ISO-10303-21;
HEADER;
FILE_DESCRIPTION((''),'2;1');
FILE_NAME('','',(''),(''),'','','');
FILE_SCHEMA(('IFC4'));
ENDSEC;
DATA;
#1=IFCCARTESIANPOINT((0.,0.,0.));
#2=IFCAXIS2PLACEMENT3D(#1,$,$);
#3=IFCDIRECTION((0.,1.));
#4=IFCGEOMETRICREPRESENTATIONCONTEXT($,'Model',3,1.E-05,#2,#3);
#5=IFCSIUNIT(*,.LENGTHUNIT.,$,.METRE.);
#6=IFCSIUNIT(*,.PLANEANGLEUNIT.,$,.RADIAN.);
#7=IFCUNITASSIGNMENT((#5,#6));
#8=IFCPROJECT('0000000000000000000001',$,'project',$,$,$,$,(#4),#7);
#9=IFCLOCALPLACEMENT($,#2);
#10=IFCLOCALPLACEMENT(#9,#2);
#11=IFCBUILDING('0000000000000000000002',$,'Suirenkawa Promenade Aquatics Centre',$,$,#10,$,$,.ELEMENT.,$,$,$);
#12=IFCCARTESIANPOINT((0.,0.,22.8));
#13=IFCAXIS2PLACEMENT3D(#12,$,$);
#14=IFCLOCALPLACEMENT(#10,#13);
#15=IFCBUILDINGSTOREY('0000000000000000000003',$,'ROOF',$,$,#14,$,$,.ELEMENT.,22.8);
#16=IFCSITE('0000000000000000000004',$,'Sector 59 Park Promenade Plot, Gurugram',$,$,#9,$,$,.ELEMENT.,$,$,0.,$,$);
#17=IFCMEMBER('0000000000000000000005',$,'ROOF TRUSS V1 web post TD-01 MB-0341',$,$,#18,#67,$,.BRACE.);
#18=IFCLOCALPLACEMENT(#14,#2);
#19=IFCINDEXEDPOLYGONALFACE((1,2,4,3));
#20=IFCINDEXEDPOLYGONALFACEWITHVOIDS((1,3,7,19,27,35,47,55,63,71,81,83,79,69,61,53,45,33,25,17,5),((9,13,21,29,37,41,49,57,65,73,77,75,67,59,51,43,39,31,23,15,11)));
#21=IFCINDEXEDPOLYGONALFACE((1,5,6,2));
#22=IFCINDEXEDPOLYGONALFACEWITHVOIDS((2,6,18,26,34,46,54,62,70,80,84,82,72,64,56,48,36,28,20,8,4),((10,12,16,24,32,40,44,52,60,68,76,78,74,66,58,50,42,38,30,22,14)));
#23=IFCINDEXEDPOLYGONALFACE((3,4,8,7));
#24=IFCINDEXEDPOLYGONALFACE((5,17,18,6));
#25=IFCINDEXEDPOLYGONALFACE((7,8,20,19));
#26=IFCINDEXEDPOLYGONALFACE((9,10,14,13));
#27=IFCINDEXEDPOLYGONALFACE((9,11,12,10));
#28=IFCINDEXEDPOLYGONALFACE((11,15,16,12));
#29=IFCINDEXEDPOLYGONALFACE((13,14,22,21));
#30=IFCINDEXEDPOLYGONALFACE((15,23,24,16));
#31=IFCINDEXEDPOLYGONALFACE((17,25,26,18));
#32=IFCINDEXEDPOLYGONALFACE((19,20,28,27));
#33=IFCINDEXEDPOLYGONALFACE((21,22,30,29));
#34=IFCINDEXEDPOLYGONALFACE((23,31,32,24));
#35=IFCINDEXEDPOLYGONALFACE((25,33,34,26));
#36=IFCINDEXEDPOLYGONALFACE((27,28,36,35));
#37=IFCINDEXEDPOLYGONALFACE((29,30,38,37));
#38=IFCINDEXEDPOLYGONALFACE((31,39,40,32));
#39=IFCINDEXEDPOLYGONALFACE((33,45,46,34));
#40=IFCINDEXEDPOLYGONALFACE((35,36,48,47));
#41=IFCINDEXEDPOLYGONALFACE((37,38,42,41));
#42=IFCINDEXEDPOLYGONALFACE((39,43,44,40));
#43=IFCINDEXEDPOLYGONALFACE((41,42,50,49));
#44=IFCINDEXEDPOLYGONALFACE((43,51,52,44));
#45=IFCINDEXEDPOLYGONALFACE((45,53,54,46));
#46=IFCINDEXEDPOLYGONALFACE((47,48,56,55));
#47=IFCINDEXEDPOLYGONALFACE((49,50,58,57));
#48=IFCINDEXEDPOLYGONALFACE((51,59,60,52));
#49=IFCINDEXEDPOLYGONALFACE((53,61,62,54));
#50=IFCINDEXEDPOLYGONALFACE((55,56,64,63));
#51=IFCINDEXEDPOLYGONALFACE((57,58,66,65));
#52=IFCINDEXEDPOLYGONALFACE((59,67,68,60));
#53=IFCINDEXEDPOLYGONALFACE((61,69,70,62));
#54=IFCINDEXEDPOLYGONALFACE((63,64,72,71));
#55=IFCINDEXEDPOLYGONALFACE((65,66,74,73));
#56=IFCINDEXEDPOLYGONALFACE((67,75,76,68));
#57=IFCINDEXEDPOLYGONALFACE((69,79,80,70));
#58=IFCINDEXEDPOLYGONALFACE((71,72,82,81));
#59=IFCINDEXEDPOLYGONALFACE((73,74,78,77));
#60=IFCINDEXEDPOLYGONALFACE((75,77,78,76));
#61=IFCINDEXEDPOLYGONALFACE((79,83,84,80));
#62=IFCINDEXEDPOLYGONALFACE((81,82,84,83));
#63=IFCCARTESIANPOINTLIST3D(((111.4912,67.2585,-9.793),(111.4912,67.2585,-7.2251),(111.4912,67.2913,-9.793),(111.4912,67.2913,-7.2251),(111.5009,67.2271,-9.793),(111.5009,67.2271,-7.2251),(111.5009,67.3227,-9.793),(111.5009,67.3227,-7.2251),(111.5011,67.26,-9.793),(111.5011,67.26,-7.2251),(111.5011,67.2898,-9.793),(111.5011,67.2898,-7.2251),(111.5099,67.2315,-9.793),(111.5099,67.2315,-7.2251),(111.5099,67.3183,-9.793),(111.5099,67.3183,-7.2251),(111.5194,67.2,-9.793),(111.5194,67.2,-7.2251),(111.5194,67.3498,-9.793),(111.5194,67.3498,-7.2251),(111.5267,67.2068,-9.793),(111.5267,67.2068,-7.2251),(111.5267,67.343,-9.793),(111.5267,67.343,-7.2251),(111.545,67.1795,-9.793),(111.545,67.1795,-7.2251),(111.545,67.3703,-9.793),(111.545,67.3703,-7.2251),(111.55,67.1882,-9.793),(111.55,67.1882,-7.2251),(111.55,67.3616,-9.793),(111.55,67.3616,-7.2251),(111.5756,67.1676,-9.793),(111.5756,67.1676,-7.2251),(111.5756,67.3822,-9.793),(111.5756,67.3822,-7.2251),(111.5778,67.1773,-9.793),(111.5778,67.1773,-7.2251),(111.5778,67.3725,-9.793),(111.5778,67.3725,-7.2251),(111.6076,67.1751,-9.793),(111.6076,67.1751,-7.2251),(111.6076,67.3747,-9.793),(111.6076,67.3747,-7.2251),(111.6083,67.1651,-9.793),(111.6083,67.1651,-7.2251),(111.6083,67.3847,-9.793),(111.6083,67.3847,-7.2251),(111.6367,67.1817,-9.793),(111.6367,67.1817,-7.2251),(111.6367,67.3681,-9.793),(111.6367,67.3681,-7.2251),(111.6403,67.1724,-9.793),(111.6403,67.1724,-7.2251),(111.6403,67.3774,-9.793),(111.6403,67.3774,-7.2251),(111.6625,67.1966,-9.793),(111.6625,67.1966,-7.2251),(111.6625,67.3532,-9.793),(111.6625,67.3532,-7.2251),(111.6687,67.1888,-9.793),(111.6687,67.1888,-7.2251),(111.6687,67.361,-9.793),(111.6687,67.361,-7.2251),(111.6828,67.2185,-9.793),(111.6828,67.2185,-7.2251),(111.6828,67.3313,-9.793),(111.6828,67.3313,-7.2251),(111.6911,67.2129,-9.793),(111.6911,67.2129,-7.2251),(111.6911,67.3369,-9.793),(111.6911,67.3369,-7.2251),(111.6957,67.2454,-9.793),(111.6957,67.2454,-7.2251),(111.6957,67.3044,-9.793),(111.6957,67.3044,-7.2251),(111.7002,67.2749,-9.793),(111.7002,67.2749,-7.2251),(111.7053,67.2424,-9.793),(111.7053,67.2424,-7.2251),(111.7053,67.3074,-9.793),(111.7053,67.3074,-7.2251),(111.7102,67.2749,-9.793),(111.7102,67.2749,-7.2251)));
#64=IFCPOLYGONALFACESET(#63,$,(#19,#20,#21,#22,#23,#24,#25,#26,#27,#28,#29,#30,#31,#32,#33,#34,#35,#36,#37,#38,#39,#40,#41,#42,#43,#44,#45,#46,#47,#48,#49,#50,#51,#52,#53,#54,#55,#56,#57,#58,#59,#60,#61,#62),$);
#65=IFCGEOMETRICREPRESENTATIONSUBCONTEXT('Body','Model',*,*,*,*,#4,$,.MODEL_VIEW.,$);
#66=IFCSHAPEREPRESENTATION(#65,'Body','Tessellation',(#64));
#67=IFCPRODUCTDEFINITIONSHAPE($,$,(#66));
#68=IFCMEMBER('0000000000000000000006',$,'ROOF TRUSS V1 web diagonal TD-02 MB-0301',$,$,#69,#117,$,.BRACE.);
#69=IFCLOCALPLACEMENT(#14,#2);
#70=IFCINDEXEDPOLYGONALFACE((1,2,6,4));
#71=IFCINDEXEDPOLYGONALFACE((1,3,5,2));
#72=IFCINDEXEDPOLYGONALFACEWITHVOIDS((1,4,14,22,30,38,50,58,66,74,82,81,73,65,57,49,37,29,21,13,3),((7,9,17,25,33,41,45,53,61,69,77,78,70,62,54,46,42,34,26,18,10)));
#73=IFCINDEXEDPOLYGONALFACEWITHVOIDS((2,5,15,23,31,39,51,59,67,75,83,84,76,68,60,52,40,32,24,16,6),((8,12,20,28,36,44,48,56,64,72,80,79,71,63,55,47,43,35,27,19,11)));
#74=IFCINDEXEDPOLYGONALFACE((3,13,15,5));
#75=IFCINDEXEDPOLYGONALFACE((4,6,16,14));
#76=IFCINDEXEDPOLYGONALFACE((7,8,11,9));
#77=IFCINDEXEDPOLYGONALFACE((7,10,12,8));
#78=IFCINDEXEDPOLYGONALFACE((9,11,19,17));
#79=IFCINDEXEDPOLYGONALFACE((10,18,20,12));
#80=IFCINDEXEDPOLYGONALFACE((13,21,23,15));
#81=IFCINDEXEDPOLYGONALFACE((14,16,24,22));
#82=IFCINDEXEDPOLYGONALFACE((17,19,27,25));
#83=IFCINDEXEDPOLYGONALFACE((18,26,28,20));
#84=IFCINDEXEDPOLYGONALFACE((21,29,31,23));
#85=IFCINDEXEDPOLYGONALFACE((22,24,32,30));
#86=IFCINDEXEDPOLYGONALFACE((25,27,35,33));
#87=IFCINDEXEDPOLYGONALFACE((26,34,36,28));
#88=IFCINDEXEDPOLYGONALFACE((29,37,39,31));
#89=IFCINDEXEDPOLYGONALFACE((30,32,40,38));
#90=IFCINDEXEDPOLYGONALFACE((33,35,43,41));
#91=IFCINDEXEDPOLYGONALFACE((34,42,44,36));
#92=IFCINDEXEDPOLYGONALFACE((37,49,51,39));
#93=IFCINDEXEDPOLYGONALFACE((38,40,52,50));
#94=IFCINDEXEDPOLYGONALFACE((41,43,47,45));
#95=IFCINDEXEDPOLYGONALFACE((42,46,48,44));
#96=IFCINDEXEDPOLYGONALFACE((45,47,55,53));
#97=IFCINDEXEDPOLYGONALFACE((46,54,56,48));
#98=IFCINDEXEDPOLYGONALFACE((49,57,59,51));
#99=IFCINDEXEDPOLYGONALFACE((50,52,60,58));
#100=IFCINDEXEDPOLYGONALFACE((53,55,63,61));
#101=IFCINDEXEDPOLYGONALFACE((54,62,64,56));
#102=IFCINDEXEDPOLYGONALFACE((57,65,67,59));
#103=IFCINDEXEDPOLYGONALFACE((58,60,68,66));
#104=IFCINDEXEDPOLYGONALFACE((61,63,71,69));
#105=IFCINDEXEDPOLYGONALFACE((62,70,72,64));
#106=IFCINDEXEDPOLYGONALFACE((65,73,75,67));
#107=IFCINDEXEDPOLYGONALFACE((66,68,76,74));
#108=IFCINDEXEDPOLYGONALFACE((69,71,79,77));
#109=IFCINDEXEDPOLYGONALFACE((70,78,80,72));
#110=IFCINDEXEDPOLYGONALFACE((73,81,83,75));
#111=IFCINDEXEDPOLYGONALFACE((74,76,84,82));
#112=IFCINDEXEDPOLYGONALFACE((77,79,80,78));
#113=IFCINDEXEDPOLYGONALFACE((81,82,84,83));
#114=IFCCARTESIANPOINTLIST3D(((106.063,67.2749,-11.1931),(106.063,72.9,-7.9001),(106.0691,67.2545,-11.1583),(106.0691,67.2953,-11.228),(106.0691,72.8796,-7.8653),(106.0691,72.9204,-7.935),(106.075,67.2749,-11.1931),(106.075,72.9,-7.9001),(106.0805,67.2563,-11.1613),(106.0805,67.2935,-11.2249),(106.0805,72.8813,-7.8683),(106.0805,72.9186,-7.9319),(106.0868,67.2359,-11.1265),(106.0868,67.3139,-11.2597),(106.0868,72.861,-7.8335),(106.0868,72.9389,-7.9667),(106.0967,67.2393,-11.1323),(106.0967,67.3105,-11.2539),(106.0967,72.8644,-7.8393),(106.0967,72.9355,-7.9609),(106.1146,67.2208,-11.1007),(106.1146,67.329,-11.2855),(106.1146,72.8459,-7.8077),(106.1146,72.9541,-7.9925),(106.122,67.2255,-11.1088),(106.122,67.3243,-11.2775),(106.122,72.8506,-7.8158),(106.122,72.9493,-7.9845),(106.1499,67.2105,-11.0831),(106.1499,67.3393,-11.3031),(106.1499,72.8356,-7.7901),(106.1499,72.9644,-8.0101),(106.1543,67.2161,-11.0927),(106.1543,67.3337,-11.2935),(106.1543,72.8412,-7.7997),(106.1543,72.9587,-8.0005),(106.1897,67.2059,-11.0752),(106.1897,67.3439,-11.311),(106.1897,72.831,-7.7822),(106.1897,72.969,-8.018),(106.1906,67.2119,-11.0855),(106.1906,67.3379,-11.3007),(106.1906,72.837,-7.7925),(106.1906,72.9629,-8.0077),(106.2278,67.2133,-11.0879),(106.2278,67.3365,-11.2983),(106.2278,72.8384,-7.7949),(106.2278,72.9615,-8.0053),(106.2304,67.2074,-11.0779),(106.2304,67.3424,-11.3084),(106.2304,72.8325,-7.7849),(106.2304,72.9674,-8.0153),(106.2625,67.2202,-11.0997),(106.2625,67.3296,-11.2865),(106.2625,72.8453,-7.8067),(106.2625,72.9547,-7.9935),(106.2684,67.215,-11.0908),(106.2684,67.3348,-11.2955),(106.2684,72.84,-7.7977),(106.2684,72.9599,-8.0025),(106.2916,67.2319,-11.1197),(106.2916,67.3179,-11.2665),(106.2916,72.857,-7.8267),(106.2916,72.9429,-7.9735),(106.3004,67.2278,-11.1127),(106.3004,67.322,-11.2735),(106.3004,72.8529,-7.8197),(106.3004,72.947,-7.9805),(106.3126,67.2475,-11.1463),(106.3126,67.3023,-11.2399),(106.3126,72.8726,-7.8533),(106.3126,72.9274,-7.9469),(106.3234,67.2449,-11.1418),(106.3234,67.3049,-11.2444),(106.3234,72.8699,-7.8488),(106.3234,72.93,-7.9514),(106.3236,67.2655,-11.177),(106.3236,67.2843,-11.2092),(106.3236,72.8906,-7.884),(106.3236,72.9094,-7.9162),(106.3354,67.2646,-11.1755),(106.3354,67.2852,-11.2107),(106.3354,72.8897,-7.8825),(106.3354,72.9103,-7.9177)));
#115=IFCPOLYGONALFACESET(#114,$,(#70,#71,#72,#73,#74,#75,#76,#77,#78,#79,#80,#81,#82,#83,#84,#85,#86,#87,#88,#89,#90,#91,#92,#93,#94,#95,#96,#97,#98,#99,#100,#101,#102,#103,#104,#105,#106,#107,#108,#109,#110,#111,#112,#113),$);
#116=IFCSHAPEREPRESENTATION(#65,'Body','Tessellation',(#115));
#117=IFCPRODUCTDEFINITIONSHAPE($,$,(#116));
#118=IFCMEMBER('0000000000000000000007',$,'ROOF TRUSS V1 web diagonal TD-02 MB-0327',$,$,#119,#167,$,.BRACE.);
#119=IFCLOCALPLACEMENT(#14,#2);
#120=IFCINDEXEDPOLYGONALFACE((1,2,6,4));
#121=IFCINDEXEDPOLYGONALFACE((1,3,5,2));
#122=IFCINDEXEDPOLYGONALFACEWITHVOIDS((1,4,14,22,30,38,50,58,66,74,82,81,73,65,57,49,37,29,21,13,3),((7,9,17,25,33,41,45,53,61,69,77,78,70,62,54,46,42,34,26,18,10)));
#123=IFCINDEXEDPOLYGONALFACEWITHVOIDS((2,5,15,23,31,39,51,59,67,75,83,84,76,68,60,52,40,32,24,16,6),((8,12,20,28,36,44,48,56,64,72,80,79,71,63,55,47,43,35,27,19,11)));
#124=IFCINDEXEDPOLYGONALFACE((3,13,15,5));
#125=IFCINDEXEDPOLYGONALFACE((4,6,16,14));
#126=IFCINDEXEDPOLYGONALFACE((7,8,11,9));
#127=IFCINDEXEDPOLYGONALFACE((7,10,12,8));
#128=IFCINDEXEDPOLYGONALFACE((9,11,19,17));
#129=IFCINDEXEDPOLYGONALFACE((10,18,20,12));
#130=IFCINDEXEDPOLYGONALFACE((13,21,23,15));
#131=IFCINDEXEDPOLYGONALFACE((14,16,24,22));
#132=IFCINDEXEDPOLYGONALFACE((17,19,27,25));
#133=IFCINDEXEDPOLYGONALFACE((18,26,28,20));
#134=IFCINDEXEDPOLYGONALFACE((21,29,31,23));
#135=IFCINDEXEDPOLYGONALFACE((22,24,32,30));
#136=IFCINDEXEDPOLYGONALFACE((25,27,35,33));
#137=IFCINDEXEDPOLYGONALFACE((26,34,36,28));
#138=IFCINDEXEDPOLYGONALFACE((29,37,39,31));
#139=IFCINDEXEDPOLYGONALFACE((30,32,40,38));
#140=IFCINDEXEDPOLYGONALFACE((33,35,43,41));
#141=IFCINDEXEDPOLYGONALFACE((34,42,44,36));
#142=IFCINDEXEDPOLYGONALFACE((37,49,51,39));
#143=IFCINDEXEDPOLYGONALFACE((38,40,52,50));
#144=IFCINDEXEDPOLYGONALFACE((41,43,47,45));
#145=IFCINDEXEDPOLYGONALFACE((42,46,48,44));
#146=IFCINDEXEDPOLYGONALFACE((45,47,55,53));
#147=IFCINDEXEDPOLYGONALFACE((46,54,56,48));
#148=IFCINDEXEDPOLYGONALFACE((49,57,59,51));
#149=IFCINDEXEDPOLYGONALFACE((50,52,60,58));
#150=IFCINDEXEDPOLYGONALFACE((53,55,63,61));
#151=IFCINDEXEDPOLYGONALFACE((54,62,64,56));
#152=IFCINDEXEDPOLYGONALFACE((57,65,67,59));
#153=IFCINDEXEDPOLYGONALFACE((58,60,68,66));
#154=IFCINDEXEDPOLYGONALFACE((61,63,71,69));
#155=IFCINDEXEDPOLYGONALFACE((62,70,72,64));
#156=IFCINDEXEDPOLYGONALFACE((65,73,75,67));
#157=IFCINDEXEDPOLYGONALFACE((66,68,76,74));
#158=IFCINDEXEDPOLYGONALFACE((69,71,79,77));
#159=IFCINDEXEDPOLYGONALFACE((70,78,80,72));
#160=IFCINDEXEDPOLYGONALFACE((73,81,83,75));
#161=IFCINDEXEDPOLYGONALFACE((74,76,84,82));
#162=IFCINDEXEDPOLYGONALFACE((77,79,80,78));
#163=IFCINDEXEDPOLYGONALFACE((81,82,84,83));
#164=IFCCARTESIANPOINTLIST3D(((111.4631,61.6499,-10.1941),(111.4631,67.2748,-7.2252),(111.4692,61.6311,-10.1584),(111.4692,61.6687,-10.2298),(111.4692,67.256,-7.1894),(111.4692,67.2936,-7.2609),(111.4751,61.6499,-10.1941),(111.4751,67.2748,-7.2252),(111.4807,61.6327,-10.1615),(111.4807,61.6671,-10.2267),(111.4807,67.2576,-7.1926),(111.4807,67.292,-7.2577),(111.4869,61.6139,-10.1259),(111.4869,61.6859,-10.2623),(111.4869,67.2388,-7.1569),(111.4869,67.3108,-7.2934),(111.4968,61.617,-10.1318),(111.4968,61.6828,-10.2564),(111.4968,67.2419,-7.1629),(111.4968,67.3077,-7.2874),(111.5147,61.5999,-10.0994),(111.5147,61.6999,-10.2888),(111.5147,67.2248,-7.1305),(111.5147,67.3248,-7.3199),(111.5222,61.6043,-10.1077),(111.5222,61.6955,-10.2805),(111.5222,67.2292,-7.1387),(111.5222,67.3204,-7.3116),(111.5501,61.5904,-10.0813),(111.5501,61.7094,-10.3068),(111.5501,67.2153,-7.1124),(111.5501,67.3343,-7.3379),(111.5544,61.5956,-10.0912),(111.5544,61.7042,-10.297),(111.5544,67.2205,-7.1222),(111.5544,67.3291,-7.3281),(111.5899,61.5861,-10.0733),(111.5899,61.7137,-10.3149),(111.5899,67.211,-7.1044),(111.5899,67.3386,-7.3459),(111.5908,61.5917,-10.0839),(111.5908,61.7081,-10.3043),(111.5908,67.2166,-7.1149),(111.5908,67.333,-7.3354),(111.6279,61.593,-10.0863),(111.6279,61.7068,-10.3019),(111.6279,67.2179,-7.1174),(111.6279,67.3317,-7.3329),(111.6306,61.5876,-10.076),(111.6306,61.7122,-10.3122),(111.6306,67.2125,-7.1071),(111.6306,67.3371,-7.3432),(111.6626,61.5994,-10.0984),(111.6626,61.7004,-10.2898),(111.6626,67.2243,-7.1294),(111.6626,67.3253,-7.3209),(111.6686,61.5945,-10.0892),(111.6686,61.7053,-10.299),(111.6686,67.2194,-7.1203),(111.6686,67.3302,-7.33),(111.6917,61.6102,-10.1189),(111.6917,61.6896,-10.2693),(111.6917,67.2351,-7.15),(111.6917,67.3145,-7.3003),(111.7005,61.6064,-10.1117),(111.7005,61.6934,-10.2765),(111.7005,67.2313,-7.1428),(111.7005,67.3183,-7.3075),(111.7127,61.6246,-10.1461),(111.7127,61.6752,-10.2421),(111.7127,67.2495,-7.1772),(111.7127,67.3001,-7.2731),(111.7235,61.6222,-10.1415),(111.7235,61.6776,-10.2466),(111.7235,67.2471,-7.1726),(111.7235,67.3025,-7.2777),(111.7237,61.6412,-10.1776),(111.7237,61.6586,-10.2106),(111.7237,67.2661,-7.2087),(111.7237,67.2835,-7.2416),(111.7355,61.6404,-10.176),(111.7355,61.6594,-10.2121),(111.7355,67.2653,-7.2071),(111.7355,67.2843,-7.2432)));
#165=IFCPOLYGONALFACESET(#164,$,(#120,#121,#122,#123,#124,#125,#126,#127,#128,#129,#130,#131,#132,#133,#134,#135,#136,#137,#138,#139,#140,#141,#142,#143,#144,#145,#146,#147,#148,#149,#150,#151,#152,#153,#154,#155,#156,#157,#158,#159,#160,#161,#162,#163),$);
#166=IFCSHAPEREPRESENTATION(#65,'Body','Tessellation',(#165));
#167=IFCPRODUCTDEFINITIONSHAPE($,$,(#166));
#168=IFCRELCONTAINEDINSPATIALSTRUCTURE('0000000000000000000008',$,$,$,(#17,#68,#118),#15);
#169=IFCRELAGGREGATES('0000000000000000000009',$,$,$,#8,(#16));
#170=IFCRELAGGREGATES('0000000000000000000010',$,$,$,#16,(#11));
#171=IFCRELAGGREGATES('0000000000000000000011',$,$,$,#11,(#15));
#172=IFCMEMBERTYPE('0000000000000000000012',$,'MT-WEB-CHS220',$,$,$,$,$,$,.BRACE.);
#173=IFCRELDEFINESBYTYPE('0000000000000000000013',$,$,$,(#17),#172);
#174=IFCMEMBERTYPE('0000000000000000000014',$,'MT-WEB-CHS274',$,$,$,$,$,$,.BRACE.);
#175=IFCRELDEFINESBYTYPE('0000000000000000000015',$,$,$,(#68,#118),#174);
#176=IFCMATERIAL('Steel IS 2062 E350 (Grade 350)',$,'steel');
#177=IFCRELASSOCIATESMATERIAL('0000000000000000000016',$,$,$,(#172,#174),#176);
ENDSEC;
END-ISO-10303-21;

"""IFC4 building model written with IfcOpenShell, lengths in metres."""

from ifc_helpers import new_model, si_unit, direction, frame, origin, origin_2d, place, context, subcontext, project, spatial, hollow_circle, extrude, material, material_profile, profile_set, type_object, element, save


model = new_model("IFC4")

# Units and contexts
model_context = context("Model", 3, precision=1e-05, world=origin(), true_north=direction((0.0, 1.0)))
body_context = subcontext(model_context, "Body", "Model", "MODEL_VIEW")
ifc_project = project(units=[si_unit("LENGTHUNIT", "METRE"), si_unit("PLANEANGLEUNIT", "RADIAN")], contexts=[model_context])

# Site, building, storey
site_placement = place(None, origin())
site = spatial("IfcSite", under=ifc_project, at=site_placement, Name="Sector 59 Park Promenade Plot, Gurugram", CompositionType="ELEMENT", RefElevation=0.0)
building_placement = place(site_placement, origin())
building = spatial("IfcBuilding", under=site, at=building_placement, Name="Suirenkawa Promenade Aquatics Centre", CompositionType="ELEMENT")
storey_placement = place(building_placement, frame((0.0, 0.0, 22.8)))
storey = spatial("IfcBuildingStorey", under=building, at=storey_placement, Name="ROOF", CompositionType="ELEMENT", Elevation=22.8)

# Shared definitions
ifc_material = material(Name="Steel IS 2062 E350 (Grade 350)", Category="steel")

# Members
ifc_material_profile_1 = material_profile(ifc_material, hollow_circle(Radius=0.1101, WallThickness=0.01, at=origin_2d()), Name="CHS 220x10", Category="steel")
ifc_profile_set_1 = profile_set([ifc_material_profile_1], Name="Steel IS 2062 E350 (Grade 350)")
member_type_1 = type_object("IfcMemberType", Name="MT-WEB-CHS220", PredefinedType="BRACE", material=ifc_profile_set_1)
member_1_placement = place(storey_placement, frame((111.6001, 67.2749, -9.793), z_axis=(0.0, 0.0, 1.0), x_axis=(1.0, 0.0, 0.0)))
element("IfcMember", 1, at=member_1_placement, inside=storey, type_object=member_type_1, Name="ROOF TRUSS V1 web post TD-01 MB-0341", PredefinedType="BRACE", context=body_context, shape_type="SweptSolid", body=[
    extrude(hollow_circle(Radius=0.1101, WallThickness=0.01, at=origin_2d()), origin(), (0.0, 0.0, 1.0), 2.5679),
])
ifc_material_profile_2 = material_profile(ifc_material, hollow_circle(Radius=0.137, WallThickness=0.012, at=origin_2d()), Name="CHS 274x12", Category="steel")
ifc_profile_set_2 = profile_set([ifc_material_profile_2], Name="Steel IS 2062 E350 (Grade 350)")
member_type_2 = type_object("IfcMemberType", Name="MT-WEB-CHS274", PredefinedType="BRACE", material=ifc_profile_set_2)
member_2_placement = place(storey_placement, frame((106.2, 67.2749, -11.1931), z_axis=(0.0, 0.862995, 0.505212), x_axis=(-1.0, 0.0, 0.0)))
element("IfcMember", 2, at=member_2_placement, inside=storey, type_object=member_type_2, Name="ROOF TRUSS V1 web diagonal TD-02 MB-0301", PredefinedType="BRACE", context=body_context, shape_type="SweptSolid", body=[
    extrude(hollow_circle(Radius=0.137, WallThickness=0.012, at=origin_2d()), origin(), (0.0, 0.0, 1.0), 6.5181),
])
member_3_placement = place(storey_placement, frame((111.6001, 61.6499, -10.1941), z_axis=(0.0, 0.884369, 0.466789), x_axis=(-1.0, 0.0, 0.0)))
element("IfcMember", 3, at=member_3_placement, inside=storey, type_object=member_type_2, Name="ROOF TRUSS V1 web diagonal TD-02 MB-0327", PredefinedType="BRACE", context=body_context, shape_type="SweptSolid", body=[
    extrude(hollow_circle(Radius=0.137, WallThickness=0.012, at=origin_2d()), origin(), (0.0, 0.0, 1.0), 6.3604),
])

save(model, "model.ifc")
